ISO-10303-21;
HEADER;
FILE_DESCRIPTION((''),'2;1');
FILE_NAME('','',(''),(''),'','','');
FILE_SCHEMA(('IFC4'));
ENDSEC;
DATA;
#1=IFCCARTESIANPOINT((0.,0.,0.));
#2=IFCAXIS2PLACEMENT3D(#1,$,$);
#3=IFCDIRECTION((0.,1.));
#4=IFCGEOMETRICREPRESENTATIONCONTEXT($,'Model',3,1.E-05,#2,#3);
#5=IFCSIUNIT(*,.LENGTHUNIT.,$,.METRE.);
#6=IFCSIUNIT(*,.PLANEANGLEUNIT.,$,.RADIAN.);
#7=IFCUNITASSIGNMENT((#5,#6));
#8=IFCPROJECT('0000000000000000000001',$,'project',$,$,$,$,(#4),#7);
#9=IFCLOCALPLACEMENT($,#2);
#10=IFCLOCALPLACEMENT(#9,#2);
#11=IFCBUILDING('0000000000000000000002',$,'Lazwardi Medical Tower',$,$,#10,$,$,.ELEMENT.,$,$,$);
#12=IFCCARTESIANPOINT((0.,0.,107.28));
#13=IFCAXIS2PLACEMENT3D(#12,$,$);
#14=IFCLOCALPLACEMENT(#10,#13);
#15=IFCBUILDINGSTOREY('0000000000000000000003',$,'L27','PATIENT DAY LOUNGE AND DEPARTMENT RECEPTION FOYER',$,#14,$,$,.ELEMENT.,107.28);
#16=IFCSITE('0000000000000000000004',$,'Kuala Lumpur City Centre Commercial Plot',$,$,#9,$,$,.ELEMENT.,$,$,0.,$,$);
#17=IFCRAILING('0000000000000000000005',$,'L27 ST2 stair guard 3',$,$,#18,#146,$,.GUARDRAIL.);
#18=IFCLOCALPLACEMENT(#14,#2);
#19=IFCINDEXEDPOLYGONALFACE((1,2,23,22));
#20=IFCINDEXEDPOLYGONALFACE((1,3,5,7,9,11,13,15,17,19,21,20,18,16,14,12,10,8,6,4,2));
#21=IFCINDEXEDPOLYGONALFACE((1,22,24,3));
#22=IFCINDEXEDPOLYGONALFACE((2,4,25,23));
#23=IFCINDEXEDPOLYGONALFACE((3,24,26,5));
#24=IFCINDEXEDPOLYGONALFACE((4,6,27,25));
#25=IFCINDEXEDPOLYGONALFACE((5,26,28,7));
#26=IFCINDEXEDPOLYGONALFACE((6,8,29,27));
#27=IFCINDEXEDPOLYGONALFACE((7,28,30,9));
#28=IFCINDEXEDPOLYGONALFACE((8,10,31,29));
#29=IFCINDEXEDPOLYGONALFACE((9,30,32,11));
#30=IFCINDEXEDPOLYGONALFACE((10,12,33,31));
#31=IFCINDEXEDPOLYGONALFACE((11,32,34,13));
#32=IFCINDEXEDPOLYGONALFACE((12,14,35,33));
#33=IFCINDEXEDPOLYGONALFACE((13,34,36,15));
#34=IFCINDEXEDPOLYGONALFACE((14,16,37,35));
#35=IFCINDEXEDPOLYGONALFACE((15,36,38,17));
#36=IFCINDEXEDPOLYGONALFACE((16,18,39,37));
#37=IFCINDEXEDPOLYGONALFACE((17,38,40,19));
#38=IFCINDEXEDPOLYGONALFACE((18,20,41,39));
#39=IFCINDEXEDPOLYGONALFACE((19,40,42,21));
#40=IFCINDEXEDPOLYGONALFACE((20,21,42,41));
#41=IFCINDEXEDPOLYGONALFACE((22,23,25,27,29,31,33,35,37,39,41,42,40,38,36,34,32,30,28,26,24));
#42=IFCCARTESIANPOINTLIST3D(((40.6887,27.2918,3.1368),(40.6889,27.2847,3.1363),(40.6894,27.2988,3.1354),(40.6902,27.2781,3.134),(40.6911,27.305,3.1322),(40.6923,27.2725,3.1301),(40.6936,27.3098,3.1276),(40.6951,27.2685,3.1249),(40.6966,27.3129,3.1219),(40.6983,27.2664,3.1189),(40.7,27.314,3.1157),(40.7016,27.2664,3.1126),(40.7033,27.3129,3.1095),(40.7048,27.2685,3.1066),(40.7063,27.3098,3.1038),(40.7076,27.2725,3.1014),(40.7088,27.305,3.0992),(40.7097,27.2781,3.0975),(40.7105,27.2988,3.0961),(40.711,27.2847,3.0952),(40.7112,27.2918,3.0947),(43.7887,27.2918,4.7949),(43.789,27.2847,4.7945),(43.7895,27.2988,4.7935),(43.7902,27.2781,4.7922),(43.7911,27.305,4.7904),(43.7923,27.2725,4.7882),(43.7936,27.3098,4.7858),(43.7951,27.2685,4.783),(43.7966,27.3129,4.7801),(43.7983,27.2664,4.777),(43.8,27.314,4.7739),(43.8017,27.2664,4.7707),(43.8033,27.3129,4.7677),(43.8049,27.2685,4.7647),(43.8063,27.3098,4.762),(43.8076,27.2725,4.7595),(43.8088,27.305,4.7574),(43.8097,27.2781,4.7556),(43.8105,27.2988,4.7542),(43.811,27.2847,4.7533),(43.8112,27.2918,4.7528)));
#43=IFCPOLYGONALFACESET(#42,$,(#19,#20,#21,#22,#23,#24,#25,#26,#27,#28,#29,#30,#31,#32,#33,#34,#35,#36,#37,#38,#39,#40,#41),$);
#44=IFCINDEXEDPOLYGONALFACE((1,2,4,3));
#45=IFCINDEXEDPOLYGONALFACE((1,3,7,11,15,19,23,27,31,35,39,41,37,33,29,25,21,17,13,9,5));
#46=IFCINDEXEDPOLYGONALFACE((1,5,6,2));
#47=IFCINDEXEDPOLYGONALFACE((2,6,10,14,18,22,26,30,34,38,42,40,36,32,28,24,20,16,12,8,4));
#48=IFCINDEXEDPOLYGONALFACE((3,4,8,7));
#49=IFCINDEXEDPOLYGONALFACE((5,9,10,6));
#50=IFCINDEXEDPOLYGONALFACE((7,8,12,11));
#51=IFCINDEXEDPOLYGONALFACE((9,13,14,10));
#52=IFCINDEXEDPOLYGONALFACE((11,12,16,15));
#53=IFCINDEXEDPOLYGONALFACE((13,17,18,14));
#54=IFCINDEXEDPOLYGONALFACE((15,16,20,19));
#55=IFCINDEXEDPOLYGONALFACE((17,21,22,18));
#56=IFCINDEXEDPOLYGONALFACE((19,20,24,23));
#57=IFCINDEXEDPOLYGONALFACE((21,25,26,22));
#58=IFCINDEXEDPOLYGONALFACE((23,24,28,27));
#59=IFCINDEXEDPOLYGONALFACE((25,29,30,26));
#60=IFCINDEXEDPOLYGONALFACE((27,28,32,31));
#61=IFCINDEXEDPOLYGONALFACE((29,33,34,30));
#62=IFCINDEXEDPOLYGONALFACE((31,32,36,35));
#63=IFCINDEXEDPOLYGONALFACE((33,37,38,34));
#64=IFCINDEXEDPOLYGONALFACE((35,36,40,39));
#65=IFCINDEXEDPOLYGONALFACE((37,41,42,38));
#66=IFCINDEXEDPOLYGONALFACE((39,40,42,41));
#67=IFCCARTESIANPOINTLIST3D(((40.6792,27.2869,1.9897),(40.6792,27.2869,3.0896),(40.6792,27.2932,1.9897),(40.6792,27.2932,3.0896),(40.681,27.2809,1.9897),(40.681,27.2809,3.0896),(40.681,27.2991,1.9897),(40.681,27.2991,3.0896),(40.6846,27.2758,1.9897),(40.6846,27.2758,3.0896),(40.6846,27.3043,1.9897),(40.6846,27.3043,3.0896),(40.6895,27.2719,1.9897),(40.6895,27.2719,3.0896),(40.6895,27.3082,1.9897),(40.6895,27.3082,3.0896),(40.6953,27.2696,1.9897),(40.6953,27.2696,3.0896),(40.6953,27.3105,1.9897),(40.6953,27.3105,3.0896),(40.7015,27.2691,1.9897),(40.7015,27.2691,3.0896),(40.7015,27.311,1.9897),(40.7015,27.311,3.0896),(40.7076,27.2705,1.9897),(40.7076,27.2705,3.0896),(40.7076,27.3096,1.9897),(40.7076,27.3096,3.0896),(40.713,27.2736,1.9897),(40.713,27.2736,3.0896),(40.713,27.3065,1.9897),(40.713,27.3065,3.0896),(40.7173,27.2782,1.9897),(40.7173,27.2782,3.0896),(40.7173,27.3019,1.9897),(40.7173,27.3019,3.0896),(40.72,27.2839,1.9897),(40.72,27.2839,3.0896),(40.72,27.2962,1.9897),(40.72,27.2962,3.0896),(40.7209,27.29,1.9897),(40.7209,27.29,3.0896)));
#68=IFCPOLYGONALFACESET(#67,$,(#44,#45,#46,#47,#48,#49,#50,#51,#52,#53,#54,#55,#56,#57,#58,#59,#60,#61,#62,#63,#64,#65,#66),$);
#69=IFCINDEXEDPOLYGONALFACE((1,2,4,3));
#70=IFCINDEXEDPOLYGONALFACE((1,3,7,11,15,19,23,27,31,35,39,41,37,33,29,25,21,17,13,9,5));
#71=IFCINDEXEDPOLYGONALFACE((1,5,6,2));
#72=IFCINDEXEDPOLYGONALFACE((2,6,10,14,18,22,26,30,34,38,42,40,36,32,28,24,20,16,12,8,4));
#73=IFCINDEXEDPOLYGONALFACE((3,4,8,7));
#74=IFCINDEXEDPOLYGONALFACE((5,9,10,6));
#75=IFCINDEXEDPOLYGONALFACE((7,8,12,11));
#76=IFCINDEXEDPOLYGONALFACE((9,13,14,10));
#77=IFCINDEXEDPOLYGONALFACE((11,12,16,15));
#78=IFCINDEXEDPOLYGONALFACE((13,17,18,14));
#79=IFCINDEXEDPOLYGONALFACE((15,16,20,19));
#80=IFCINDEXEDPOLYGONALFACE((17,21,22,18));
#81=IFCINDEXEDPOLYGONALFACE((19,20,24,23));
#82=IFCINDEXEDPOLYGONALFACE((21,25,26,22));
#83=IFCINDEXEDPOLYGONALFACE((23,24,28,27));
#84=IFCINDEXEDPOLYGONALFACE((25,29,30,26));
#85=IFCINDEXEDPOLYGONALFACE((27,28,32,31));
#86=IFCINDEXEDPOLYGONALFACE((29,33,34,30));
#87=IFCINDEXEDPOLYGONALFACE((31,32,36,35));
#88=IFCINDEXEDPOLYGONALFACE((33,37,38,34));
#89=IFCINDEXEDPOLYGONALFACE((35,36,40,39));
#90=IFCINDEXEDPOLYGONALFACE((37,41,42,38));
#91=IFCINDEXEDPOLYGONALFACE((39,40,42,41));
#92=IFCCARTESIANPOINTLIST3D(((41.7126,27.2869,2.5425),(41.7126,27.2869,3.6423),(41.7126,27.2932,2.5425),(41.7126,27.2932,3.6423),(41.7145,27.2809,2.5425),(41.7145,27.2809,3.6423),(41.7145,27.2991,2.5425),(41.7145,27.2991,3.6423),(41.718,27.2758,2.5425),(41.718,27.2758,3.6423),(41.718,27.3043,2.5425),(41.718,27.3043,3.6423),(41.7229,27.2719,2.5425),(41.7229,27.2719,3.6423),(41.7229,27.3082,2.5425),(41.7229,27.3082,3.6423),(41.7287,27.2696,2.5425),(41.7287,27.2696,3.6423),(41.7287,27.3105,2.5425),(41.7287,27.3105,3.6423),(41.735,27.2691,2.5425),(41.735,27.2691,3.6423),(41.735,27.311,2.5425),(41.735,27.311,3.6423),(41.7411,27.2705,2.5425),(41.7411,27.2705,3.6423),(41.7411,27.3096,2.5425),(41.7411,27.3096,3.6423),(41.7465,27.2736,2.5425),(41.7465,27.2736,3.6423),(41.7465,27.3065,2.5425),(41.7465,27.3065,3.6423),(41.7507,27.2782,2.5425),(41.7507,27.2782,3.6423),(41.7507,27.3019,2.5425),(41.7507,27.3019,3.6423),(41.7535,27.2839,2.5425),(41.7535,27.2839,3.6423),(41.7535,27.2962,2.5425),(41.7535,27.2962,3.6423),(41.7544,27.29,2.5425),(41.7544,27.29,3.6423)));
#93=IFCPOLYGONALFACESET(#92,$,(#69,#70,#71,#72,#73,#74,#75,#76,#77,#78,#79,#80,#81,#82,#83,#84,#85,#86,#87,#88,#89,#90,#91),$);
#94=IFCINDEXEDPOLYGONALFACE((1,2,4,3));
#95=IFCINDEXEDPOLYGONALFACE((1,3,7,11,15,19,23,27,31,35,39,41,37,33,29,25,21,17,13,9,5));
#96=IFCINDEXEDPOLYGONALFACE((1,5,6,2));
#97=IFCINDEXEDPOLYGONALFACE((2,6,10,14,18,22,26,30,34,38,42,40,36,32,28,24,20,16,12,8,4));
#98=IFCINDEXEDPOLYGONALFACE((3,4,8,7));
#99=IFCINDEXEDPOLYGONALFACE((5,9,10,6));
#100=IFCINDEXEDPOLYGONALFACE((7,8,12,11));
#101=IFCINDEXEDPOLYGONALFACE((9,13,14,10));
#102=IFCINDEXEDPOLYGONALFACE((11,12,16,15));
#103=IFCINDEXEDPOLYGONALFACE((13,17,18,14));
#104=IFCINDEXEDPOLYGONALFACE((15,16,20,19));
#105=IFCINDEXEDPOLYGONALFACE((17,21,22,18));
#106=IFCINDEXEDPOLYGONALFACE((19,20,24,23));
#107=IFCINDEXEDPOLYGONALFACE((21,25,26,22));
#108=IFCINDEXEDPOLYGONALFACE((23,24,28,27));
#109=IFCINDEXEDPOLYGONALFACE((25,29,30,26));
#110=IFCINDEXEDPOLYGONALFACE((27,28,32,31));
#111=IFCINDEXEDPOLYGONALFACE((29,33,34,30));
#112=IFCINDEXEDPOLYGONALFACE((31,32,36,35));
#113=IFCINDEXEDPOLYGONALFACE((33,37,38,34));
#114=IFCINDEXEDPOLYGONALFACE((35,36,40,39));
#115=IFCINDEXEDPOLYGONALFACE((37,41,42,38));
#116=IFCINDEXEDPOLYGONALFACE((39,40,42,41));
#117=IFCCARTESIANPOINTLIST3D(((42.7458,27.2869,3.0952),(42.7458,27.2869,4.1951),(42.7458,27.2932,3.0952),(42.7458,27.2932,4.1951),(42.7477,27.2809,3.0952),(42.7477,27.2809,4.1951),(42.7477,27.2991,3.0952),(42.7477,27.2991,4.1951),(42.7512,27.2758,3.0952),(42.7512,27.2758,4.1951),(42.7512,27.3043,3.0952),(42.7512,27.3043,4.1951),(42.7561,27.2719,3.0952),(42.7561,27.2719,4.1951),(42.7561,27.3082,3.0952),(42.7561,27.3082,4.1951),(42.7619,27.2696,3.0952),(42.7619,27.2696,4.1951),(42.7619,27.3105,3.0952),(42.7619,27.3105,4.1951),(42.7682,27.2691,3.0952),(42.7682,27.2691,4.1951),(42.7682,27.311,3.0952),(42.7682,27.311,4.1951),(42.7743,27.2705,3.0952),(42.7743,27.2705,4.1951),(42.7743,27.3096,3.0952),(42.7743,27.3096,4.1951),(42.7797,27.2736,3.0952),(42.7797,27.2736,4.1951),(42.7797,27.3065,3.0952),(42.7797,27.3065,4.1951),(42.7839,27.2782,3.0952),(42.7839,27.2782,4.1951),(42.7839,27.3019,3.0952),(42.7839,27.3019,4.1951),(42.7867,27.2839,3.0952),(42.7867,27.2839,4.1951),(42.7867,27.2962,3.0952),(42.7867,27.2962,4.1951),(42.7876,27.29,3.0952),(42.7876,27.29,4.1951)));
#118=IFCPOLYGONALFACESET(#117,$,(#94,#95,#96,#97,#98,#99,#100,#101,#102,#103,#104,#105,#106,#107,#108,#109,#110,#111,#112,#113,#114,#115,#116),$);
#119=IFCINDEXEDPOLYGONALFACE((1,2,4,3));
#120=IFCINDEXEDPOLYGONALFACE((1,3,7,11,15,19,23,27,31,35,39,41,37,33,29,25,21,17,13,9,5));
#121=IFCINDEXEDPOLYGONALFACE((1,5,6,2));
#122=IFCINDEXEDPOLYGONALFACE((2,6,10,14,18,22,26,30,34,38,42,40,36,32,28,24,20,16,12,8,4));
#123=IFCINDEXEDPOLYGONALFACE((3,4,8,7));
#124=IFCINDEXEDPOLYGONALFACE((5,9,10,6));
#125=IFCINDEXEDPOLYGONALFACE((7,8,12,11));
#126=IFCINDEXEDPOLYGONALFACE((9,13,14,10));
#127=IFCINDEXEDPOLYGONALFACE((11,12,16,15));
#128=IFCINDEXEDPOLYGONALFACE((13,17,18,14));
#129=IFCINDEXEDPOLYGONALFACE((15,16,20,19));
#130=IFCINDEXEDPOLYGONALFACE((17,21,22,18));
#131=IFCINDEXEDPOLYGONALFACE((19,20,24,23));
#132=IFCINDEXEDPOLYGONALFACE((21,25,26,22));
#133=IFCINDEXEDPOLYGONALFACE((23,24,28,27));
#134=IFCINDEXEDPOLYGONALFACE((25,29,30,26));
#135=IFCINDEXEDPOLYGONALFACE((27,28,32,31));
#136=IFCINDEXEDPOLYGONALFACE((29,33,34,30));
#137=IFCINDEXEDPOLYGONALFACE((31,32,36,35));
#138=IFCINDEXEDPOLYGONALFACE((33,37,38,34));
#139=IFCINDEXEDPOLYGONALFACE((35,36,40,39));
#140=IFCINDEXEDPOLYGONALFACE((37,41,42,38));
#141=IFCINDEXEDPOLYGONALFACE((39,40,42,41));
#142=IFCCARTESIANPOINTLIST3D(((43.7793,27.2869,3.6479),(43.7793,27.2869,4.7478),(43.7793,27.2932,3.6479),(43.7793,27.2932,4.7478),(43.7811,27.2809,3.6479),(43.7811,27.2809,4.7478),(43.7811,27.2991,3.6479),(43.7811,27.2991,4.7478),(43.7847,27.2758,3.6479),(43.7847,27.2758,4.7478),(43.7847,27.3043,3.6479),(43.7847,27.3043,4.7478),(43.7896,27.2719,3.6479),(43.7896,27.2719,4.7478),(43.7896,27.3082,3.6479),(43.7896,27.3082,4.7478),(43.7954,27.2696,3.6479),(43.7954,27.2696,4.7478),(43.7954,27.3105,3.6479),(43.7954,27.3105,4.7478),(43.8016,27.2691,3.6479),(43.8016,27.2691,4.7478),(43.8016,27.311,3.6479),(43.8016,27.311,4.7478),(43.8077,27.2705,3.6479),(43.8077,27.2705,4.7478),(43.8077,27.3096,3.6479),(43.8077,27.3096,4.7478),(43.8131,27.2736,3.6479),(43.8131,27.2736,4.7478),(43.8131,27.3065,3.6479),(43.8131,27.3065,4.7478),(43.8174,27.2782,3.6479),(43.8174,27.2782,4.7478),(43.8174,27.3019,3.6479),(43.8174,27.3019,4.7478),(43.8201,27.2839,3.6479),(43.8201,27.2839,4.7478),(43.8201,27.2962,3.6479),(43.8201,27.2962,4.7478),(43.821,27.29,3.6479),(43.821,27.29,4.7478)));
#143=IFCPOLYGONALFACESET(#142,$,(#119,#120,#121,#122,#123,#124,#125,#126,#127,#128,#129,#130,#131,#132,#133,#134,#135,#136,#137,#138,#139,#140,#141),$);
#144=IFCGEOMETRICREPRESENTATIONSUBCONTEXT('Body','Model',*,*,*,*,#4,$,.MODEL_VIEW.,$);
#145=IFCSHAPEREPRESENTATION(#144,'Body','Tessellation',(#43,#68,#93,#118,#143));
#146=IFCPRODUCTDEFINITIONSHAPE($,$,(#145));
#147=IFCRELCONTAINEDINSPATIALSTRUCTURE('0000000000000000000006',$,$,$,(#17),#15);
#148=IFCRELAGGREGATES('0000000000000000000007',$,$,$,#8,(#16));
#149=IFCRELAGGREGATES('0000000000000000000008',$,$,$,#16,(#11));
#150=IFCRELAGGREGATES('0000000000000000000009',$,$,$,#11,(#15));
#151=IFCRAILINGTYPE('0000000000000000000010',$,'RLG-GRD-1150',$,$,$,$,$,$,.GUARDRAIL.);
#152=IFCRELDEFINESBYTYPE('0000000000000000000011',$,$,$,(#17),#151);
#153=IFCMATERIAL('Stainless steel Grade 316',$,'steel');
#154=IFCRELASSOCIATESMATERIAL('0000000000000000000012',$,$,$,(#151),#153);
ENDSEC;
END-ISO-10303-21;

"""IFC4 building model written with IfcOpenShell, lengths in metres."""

from ifc_helpers import new_model, si_unit, direction, frame, origin, origin_2d, place, context, subcontext, project, spatial, circle, extrude, material, type_object, element, save


model = new_model("IFC4")

# Units and contexts
model_context = context("Model", 3, precision=1e-05, world=origin(), true_north=direction((0.0, 1.0)))
body_context = subcontext(model_context, "Body", "Model", "MODEL_VIEW")
ifc_project = project(units=[si_unit("LENGTHUNIT", "METRE"), si_unit("PLANEANGLEUNIT", "RADIAN")], contexts=[model_context])

# Site, building, storey
site_placement = place(None, origin())
site = spatial("IfcSite", under=ifc_project, at=site_placement, Name="Kuala Lumpur City Centre Commercial Plot", CompositionType="ELEMENT", RefElevation=0.0)
building_placement = place(site_placement, origin())
building = spatial("IfcBuilding", under=site, at=building_placement, Name="Lazwardi Medical Tower", CompositionType="ELEMENT")
storey_placement = place(building_placement, frame((0.0, 0.0, 107.28)))
storey = spatial("IfcBuildingStorey", under=building, at=storey_placement, Name="L27", Description="PATIENT DAY LOUNGE AND DEPARTMENT RECEPTION FOYER", CompositionType="ELEMENT", Elevation=107.28)

# Railing
ifc_material_1 = material(Name="Stainless steel Grade 316", Category="steel")
railing_type_1 = type_object("IfcRailingType", Name="RLG-GRD-1150", PredefinedType="GUARDRAIL", material=ifc_material_1)
railing_1_placement = place(storey_placement, frame((40.7, 27.29, 1.9897)))
element("IfcRailing", 1, at=railing_1_placement, inside=storey, type_object=railing_type_1, Name="L27 ST2 stair guard 3", PredefinedType="GUARDRAIL", context=body_context, shape_type="SweptSolid", body=[
    extrude(circle(Radius=0.0239, at=origin_2d()), frame((0.0, 0.0, 1.126), z_axis=(0.881783, 0.0, 0.471655), x_axis=(0.0, 1.0, 0.0)), (0.0, 0.0, 1.0), 3.5156),
    extrude(circle(Radius=0.021, at=origin_2d()), origin(), (0.0, 0.0, 1.0), 1.0999),
    extrude(circle(Radius=0.021, at=origin_2d()), frame((1.0334, 0.0, 0.5527)), (0.0, 0.0, 1.0), 1.0999),
    extrude(circle(Radius=0.021, at=origin_2d()), frame((2.0667, 0.0, 1.1055)), (0.0, 0.0, 1.0), 1.0999),
    extrude(circle(Radius=0.021, at=origin_2d()), frame((3.1001, 0.0, 1.6582)), (0.0, 0.0, 1.0), 1.0999),
])

save(model, "model.ifc")
